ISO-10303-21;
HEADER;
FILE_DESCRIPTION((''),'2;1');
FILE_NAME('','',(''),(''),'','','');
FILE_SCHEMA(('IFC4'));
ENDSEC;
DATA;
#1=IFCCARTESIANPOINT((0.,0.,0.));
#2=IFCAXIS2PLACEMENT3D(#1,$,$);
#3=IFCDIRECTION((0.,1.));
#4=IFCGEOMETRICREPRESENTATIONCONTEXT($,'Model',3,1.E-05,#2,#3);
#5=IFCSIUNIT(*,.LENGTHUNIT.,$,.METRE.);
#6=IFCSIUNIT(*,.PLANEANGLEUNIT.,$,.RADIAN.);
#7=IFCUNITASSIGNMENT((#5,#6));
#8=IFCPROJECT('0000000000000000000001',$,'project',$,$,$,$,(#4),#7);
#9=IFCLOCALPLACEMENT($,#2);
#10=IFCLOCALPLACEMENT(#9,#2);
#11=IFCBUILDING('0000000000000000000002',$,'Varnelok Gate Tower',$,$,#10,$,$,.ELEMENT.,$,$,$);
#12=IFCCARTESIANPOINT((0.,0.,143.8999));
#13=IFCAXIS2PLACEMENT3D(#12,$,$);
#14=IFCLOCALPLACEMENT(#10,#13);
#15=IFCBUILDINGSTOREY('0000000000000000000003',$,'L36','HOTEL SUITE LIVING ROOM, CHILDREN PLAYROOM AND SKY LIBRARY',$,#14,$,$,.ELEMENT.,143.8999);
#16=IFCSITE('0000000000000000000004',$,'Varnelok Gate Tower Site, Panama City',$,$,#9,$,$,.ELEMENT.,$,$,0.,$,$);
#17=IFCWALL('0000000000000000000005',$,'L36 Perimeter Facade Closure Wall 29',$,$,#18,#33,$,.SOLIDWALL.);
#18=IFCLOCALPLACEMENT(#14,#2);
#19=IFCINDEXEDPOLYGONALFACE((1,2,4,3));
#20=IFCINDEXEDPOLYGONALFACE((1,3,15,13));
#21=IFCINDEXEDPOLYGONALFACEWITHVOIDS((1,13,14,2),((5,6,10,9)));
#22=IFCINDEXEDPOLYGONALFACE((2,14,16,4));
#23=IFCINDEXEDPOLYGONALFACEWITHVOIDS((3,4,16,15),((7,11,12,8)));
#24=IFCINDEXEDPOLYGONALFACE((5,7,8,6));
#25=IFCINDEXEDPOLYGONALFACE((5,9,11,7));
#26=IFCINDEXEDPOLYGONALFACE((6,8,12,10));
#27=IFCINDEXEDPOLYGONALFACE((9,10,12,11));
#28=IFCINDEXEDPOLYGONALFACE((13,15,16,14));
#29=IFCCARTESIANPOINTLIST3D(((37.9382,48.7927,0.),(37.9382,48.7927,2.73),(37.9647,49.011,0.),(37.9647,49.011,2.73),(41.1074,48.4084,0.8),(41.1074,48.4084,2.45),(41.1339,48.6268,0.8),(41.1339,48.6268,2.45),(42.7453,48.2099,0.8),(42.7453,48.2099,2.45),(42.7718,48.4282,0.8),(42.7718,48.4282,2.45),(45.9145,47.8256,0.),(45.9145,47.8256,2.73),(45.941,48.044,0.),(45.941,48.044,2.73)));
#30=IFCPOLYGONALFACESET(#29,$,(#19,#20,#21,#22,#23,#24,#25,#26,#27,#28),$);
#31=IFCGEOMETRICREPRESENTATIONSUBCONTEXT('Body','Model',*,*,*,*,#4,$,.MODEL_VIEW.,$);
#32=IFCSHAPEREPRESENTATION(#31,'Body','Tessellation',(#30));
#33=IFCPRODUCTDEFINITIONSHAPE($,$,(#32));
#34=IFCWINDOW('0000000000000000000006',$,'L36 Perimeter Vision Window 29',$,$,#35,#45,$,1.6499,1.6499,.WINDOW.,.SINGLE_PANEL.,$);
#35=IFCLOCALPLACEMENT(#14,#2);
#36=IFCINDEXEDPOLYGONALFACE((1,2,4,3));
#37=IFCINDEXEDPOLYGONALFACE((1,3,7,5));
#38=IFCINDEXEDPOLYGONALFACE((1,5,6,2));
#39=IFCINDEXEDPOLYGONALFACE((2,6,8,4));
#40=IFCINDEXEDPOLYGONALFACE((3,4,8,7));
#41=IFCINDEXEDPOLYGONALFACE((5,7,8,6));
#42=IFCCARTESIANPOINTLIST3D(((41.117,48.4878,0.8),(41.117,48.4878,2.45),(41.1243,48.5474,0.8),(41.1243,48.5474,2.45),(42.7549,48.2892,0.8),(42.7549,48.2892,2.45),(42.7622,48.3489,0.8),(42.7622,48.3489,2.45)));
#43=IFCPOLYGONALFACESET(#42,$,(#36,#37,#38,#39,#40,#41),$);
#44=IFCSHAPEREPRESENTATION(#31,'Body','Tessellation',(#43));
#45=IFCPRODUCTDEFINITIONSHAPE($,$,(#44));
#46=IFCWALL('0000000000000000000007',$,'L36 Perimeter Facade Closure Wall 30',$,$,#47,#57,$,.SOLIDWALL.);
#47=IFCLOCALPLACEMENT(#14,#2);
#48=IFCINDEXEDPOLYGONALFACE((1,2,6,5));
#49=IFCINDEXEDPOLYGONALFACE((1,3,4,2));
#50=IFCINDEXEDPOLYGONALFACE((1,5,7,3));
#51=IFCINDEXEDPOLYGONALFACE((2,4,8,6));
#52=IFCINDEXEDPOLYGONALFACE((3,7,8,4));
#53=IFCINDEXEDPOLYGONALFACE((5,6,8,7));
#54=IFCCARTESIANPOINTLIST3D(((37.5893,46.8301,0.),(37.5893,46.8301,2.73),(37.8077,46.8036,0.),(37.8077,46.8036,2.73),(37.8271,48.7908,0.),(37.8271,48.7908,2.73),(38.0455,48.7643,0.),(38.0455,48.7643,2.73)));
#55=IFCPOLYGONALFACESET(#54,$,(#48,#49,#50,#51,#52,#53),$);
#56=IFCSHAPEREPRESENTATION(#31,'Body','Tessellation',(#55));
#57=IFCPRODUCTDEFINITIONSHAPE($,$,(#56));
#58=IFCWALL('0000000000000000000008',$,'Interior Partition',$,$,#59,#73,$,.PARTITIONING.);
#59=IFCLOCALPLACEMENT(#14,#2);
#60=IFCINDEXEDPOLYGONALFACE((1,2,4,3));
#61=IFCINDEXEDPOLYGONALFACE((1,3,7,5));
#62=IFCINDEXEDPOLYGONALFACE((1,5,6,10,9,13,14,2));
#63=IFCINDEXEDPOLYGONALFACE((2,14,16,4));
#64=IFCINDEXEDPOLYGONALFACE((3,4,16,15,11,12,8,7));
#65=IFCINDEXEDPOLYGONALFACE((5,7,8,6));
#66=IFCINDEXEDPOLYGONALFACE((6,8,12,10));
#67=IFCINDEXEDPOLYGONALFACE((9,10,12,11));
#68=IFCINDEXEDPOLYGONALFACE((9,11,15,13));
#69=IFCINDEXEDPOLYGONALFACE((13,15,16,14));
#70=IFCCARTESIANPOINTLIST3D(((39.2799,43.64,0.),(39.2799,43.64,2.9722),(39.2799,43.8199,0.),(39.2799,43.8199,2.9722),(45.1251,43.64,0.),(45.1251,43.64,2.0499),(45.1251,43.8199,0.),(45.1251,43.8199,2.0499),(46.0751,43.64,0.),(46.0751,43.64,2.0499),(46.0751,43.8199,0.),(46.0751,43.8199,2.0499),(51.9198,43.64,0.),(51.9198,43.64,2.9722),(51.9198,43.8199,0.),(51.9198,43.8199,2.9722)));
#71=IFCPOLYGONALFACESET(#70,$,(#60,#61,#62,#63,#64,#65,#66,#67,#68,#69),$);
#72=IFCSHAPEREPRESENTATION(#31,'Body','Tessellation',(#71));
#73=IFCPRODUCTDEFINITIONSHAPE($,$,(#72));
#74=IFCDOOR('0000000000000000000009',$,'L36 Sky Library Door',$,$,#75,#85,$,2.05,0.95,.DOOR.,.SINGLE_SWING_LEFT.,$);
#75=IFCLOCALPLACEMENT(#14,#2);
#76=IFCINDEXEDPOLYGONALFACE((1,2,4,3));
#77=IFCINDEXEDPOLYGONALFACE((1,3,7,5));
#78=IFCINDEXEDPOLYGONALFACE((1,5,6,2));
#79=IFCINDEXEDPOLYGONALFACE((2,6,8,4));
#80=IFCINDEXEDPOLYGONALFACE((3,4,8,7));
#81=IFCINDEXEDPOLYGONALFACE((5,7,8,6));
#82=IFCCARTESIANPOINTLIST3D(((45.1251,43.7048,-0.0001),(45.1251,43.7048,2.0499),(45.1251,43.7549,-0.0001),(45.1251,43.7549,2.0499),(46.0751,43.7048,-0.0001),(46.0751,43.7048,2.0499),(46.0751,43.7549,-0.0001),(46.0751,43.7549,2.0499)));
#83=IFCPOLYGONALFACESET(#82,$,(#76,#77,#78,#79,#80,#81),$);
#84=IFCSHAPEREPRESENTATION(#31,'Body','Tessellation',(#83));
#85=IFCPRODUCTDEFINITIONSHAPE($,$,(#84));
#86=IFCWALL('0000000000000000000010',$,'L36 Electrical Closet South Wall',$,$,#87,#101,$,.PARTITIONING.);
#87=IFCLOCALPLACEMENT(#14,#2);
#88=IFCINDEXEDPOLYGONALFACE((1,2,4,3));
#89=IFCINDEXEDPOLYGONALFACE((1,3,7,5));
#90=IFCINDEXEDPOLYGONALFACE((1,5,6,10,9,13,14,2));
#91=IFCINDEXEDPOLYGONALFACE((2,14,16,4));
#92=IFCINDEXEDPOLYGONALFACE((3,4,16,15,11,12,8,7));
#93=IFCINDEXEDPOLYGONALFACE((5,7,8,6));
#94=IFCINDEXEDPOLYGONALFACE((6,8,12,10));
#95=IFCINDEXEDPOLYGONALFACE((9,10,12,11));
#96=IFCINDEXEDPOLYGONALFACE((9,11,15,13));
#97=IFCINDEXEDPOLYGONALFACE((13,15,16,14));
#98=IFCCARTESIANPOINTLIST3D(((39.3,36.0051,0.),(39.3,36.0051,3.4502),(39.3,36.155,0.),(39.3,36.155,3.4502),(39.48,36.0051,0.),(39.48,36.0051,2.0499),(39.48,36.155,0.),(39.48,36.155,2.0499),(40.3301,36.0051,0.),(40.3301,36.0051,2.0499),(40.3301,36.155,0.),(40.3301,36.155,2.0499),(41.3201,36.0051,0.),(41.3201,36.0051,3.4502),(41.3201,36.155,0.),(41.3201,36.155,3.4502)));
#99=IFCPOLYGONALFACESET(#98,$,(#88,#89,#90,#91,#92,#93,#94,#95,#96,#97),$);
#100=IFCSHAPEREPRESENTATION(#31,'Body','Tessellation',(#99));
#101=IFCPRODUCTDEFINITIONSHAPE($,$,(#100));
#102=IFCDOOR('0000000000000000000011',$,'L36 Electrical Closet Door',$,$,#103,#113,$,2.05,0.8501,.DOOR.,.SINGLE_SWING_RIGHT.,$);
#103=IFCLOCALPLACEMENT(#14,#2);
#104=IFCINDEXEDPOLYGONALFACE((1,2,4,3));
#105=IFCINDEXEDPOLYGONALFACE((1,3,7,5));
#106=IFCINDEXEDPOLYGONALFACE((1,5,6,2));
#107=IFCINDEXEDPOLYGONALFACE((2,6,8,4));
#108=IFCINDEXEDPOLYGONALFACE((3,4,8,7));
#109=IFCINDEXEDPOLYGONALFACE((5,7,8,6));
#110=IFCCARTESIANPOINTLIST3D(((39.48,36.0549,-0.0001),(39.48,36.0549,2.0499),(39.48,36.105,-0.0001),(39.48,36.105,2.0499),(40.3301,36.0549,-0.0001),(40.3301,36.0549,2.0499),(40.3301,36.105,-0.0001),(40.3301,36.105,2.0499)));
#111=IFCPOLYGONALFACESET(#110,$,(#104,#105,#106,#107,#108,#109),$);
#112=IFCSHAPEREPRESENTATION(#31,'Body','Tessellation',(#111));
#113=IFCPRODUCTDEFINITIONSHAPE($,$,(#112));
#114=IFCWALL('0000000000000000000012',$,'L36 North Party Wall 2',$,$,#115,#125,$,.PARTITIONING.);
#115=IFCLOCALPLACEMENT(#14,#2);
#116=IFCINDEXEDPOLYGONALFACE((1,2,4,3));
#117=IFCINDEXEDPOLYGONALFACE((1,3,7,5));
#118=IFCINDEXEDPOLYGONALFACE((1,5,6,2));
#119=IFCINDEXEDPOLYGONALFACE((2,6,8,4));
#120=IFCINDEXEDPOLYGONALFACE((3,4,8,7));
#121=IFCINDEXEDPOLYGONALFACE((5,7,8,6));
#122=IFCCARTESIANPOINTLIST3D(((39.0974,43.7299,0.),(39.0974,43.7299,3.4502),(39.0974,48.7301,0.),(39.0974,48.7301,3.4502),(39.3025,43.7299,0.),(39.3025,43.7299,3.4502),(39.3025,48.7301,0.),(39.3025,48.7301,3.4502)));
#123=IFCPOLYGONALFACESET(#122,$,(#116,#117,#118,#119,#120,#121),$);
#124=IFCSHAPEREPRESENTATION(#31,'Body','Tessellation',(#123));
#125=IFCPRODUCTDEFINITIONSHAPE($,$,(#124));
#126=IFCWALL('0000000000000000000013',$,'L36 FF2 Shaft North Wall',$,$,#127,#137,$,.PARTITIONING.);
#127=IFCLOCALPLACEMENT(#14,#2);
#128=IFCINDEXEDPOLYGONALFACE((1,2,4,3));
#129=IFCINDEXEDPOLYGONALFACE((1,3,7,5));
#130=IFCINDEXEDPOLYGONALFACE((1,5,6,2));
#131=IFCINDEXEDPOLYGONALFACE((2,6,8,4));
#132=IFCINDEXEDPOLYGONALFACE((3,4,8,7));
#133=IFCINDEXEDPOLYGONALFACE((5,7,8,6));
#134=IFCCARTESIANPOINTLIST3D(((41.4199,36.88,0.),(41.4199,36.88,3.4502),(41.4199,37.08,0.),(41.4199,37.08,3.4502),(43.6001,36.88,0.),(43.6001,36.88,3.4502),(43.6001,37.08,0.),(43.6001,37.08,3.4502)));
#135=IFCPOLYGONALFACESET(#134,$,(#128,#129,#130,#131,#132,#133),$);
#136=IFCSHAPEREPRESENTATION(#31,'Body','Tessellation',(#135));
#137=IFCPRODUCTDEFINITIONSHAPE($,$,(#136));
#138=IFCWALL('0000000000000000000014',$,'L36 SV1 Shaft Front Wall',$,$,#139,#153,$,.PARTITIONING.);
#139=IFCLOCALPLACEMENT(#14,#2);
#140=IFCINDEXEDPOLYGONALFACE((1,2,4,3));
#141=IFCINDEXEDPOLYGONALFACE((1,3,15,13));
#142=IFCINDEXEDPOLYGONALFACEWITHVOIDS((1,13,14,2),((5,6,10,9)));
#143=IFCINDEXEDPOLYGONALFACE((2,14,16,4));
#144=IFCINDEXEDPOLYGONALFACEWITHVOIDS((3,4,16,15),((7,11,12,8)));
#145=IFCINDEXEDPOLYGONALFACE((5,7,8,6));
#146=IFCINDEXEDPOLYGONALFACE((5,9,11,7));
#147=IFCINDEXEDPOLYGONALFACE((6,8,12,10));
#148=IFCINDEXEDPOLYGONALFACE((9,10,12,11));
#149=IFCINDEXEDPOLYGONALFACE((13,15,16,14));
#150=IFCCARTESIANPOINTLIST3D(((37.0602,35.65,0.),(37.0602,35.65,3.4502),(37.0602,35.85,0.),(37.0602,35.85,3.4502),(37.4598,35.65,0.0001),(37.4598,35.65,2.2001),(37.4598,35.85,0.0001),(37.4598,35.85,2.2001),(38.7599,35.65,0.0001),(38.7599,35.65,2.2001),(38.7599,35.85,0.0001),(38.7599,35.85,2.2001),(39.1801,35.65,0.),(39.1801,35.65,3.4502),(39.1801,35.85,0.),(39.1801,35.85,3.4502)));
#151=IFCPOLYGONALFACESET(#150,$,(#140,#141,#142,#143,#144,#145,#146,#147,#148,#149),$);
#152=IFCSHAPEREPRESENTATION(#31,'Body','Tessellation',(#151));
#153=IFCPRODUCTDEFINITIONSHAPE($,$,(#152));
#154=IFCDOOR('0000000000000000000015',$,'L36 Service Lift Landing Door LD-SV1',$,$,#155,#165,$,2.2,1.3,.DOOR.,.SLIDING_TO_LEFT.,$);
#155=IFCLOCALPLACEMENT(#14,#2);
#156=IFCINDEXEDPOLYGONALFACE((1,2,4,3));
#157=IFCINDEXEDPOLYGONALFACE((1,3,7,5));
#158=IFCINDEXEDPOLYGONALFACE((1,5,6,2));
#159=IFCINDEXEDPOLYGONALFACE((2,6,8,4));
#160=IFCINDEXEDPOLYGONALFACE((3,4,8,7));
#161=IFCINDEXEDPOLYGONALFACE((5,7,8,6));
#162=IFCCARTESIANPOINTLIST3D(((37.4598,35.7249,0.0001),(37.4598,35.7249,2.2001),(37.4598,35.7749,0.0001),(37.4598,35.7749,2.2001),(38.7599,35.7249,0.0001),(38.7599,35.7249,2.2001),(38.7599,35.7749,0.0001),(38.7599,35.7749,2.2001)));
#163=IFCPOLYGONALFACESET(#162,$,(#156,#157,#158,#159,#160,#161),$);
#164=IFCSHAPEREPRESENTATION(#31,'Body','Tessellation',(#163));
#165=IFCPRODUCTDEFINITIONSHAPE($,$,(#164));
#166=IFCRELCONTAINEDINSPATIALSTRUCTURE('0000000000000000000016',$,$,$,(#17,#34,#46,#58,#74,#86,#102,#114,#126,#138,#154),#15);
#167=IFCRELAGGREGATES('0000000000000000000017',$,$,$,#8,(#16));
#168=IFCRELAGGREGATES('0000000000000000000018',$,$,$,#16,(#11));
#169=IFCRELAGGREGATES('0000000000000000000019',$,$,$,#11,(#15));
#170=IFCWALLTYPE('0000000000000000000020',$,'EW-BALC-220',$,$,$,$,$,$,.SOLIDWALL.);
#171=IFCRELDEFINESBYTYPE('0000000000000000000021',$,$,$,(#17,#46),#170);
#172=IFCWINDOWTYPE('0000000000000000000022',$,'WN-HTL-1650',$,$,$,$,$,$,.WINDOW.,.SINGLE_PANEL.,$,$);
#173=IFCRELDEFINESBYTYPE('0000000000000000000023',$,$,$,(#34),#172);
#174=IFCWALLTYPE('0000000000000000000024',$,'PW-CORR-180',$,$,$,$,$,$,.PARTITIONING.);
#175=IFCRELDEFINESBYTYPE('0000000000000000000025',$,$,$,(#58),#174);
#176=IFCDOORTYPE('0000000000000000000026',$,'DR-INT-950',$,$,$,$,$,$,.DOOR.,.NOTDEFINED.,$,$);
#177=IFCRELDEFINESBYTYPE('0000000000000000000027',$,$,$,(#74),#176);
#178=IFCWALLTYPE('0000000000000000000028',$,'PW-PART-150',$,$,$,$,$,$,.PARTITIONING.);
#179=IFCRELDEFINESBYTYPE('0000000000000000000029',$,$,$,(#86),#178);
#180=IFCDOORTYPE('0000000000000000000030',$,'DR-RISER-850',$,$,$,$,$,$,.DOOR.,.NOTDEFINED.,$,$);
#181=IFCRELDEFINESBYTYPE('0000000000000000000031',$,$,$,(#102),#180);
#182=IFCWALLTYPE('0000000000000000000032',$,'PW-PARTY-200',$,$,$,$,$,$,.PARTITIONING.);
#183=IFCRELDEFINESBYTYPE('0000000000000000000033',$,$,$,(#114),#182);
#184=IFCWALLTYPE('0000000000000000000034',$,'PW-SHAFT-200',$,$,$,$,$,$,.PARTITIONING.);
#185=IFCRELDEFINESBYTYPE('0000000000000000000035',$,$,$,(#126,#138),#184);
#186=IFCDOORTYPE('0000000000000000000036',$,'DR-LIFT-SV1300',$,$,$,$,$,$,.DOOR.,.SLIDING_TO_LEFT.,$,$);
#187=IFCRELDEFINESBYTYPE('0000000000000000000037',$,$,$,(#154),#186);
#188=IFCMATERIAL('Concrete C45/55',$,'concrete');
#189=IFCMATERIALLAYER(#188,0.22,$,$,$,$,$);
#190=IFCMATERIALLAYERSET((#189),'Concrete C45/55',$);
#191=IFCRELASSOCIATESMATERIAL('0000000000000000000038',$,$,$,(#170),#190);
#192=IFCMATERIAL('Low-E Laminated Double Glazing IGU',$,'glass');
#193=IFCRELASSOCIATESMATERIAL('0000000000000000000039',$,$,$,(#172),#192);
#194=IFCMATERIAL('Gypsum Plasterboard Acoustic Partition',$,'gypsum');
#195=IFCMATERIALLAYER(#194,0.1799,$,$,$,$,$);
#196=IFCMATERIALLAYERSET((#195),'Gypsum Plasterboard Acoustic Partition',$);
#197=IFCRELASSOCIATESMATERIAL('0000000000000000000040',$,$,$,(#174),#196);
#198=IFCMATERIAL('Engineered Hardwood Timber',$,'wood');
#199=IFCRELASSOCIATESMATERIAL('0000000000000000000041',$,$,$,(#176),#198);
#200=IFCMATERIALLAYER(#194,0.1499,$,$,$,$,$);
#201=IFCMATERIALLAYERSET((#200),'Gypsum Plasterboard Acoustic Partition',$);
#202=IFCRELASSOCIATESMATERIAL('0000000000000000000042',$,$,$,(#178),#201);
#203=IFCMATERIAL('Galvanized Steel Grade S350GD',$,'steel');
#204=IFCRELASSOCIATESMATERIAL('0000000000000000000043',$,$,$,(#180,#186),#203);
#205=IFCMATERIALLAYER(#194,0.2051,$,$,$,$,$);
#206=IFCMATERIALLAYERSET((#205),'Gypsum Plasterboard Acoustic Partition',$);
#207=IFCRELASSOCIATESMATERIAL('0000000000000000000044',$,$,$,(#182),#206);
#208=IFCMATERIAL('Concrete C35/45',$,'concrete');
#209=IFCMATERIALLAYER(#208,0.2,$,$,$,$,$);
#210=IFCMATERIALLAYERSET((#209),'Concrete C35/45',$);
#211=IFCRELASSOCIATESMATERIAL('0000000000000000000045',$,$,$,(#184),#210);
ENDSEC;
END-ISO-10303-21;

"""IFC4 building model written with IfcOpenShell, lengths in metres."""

from ifc_helpers import new_model, si_unit, direction, frame, frame_2d, origin, place, context, subcontext, project, spatial, rectangle, extrude, material, layer, layer_set, type_object, element, fill, save


model = new_model("IFC4")

# Units and contexts
model_context = context("Model", 3, precision=1e-05, world=origin(), true_north=direction((0.0, 1.0)))
body_context = subcontext(model_context, "Body", "Model", "MODEL_VIEW")
ifc_project = project(units=[si_unit("LENGTHUNIT", "METRE"), si_unit("PLANEANGLEUNIT", "RADIAN")], contexts=[model_context])

# Site, building, storey
site_placement = place(None, origin())
site = spatial("IfcSite", under=ifc_project, at=site_placement, Name="Varnelok Gate Tower Site, Panama City", CompositionType="ELEMENT", RefElevation=0.0)
building_placement = place(site_placement, origin())
building = spatial("IfcBuilding", under=site, at=building_placement, Name="Varnelok Gate Tower", CompositionType="ELEMENT")
storey_placement = place(building_placement, frame((0.0, 0.0, 143.8999)))
storey = spatial("IfcBuildingStorey", under=building, at=storey_placement, Name="L36", Description="HOTEL SUITE LIVING ROOM, CHILDREN PLAYROOM AND SKY LIBRARY", CompositionType="ELEMENT", Elevation=143.8999)

# Shared definitions
ifc_material_1 = material(Name="Concrete C45/55", Category="concrete")
ifc_layer_1 = layer(ifc_material_1, 0.22)
ifc_layer_set_1 = layer_set([ifc_layer_1], Name="Concrete C45/55")
wall_type_1 = type_object("IfcWallType", Name="EW-BALC-220", PredefinedType="SOLIDWALL", material=ifc_layer_set_1)

# Wall, opening, window
wall_1_placement = place(storey_placement, frame((45.9277, 47.9348, 0.0), z_axis=(0.0, 0.0, 1.0), x_axis=(-0.992731, 0.120358, 0.0)))
wall_1 = element("IfcWall", 1, at=wall_1_placement, inside=storey, type_object=wall_type_1, Name="L36 Perimeter Facade Closure Wall 29", PredefinedType="SOLIDWALL", context=body_context, shape_type="SweptSolid", body=[
    extrude(rectangle(XDim=8.0347, YDim=0.22, at=frame_2d((4.0173, 0.0))), origin(), (0.0, 0.0, 1.0), 2.73),
])
opening_1_placement = place(wall_1_placement, frame((3.1924, 0.0, 0.8)))
opening_1 = element("IfcOpeningElement", 2, at=opening_1_placement, cuts=wall_1, PredefinedType="OPENING", context=body_context, shape_type="SweptSolid", body=[
    extrude(rectangle(XDim=1.6499, YDim=1.6499, at=frame_2d((0.825, 0.825))), frame((0.0, 0.1199, 0.0), z_axis=(0.0, -1.0, 0.0), x_axis=(1.0, 0.0, 0.0)), (0.0, 0.0, 1.0), 0.24),
])
ifc_material_2 = material(Name="Low-E Laminated Double Glazing IGU", Category="glass")
window_type = type_object("IfcWindowType", Name="WN-HTL-1650", PartitioningType="SINGLE_PANEL", PredefinedType="WINDOW", material=ifc_material_2)
window_placement = place(opening_1_placement, origin())
window = element("IfcWindow", 3, at=window_placement, inside=storey, type_object=window_type, Name="L36 Perimeter Vision Window 29", OverallHeight=1.6499, OverallWidth=1.6499, PartitioningType="SINGLE_PANEL", PredefinedType="WINDOW", context=body_context, shape_type="SweptSolid", body=[
    extrude(rectangle(XDim=1.6499, YDim=1.6499, at=frame_2d((0.825, 0.825))), frame((0.0, 0.03, 0.0), z_axis=(0.0, -1.0, 0.0), x_axis=(1.0, 0.0, 0.0)), (0.0, 0.0, 1.0), 0.0601),
])
fill(opening_1, window)

# Wall
wall_2_placement = place(storey_placement, frame((37.9363, 48.7776, 0.0), z_axis=(0.0, 0.0, 1.0), x_axis=(-0.120398, -0.992726, 0.0)))
element("IfcWall", 4, at=wall_2_placement, inside=storey, type_object=wall_type_1, Name="L36 Perimeter Facade Closure Wall 30", PredefinedType="SOLIDWALL", context=body_context, shape_type="SweptSolid", body=[
    extrude(rectangle(XDim=1.9751, YDim=0.22, at=frame_2d((0.9875, 0.0))), origin(), (0.0, 0.0, 1.0), 2.73),
])

# Walls, openings, doors
ifc_material_3 = material(Name="Gypsum Plasterboard Acoustic Partition", Category="gypsum")
ifc_layer_2 = layer(ifc_material_3, 0.1799)
ifc_layer_set_2 = layer_set([ifc_layer_2], Name="Gypsum Plasterboard Acoustic Partition")
wall_type_2 = type_object("IfcWallType", Name="PW-CORR-180", PredefinedType="PARTITIONING", material=ifc_layer_set_2)
wall_3_placement = place(storey_placement, frame((39.28, 43.73, 0.0), z_axis=(0.0, 0.0, 1.0), x_axis=(1.0, 0.0, 0.0)))
wall_3 = element("IfcWall", 5, at=wall_3_placement, inside=storey, type_object=wall_type_2, Name="Interior Partition", PredefinedType="PARTITIONING", context=body_context, shape_type="SweptSolid", body=[
    extrude(rectangle(XDim=12.6399, YDim=0.1799, at=frame_2d((6.3198, 0.0))), origin(), (0.0, 0.0, 1.0), 2.9722),
])
opening_2_placement = place(wall_3_placement, frame((5.845, 0.0, 0.0)))
opening_2 = element("IfcOpeningElement", 6, at=opening_2_placement, cuts=wall_3, PredefinedType="OPENING", context=body_context, shape_type="SweptSolid", body=[
    extrude(rectangle(XDim=0.95, YDim=2.05, at=frame_2d((0.4751, 1.0249))), frame((0.0, 0.0999, 0.0), z_axis=(0.0, -1.0, 0.0), x_axis=(1.0, 0.0, 0.0)), (0.0, 0.0, 1.0), 0.2),
])
ifc_material_4 = material(Name="Engineered Hardwood Timber", Category="wood")
door_type_1 = type_object("IfcDoorType", Name="DR-INT-950", OperationType="NOTDEFINED", PredefinedType="DOOR", material=ifc_material_4)
door_1_placement = place(opening_2_placement, origin())
door_1 = element("IfcDoor", 7, at=door_1_placement, inside=storey, type_object=door_type_1, Name="L36 Sky Library Door", OperationType="SINGLE_SWING_LEFT", OverallHeight=2.05, OverallWidth=0.95, PredefinedType="DOOR", context=body_context, shape_type="SweptSolid", body=[
    extrude(rectangle(XDim=0.95, YDim=2.05, at=frame_2d((0.4751, 1.0249))), frame((0.0, 0.0249, 0.0), z_axis=(0.0, -1.0, 0.0), x_axis=(1.0, 0.0, 0.0)), (0.0, 0.0, 1.0), 0.05),
])
fill(opening_2, door_1)
ifc_layer_3 = layer(ifc_material_3, 0.1499)
ifc_layer_set_3 = layer_set([ifc_layer_3], Name="Gypsum Plasterboard Acoustic Partition")
wall_type_3 = type_object("IfcWallType", Name="PW-PART-150", PredefinedType="PARTITIONING", material=ifc_layer_set_3)
wall_4_placement = place(storey_placement, frame((39.3, 36.0801, 0.0), z_axis=(0.0, 0.0, 1.0), x_axis=(1.0, 0.0, 0.0)))
wall_4 = element("IfcWall", 8, at=wall_4_placement, inside=storey, type_object=wall_type_3, Name="L36 Electrical Closet South Wall", PredefinedType="PARTITIONING", context=body_context, shape_type="SweptSolid", body=[
    extrude(rectangle(XDim=2.02, YDim=0.1499, at=frame_2d((1.01, 0.0))), origin(), (0.0, 0.0, 1.0), 3.4502),
])
opening_3_placement = place(wall_4_placement, frame((0.1799, 0.0, 0.0)))
opening_3 = element("IfcOpeningElement", 9, at=opening_3_placement, cuts=wall_4, PredefinedType="OPENING", context=body_context, shape_type="SweptSolid", body=[
    extrude(rectangle(XDim=0.8501, YDim=2.05, at=frame_2d((0.425, 1.0249))), frame((0.0, 0.085, 0.0), z_axis=(0.0, -1.0, 0.0), x_axis=(1.0, 0.0, 0.0)), (0.0, 0.0, 1.0), 0.1699),
])
ifc_material_5 = material(Name="Galvanized Steel Grade S350GD", Category="steel")
door_type_2 = type_object("IfcDoorType", Name="DR-RISER-850", OperationType="NOTDEFINED", PredefinedType="DOOR", material=ifc_material_5)
door_2_placement = place(opening_3_placement, origin())
door_2 = element("IfcDoor", 10, at=door_2_placement, inside=storey, type_object=door_type_2, Name="L36 Electrical Closet Door", OperationType="SINGLE_SWING_RIGHT", OverallHeight=2.05, OverallWidth=0.8501, PredefinedType="DOOR", context=body_context, shape_type="SweptSolid", body=[
    extrude(rectangle(XDim=0.8501, YDim=2.05, at=frame_2d((0.425, 1.0249))), frame((0.0, 0.0249, 0.0), z_axis=(0.0, -1.0, 0.0), x_axis=(1.0, 0.0, 0.0)), (0.0, 0.0, 1.0), 0.05),
])
fill(opening_3, door_2)

# Walls
ifc_layer_4 = layer(ifc_material_3, 0.2051)
ifc_layer_set_4 = layer_set([ifc_layer_4], Name="Gypsum Plasterboard Acoustic Partition")
wall_type_4 = type_object("IfcWallType", Name="PW-PARTY-200", PredefinedType="PARTITIONING", material=ifc_layer_set_4)
wall_5_placement = place(storey_placement, frame((39.2, 43.73, 0.0), z_axis=(0.0, 0.0, 1.0), x_axis=(0.0, 1.0, 0.0)))
element("IfcWall", 11, at=wall_5_placement, inside=storey, type_object=wall_type_4, Name="L36 North Party Wall 2", PredefinedType="PARTITIONING", context=body_context, shape_type="SweptSolid", body=[
    extrude(rectangle(XDim=5.0002, YDim=0.2051, at=frame_2d((2.5, 0.0))), origin(), (0.0, 0.0, 1.0), 3.4502),
])
ifc_material_6 = material(Name="Concrete C35/45", Category="concrete")
ifc_layer_5 = layer(ifc_material_6, 0.2)
ifc_layer_set_5 = layer_set([ifc_layer_5], Name="Concrete C35/45")
wall_type_5 = type_object("IfcWallType", Name="PW-SHAFT-200", PredefinedType="PARTITIONING", material=ifc_layer_set_5)
wall_6_placement = place(storey_placement, frame((41.4199, 36.98, 0.0), z_axis=(0.0, 0.0, 1.0), x_axis=(1.0, 0.0, 0.0)))
element("IfcWall", 12, at=wall_6_placement, inside=storey, type_object=wall_type_5, Name="L36 FF2 Shaft North Wall", PredefinedType="PARTITIONING", context=body_context, shape_type="SweptSolid", body=[
    extrude(rectangle(XDim=2.1802, YDim=0.2, at=frame_2d((1.0901, 0.0))), origin(), (0.0, 0.0, 1.0), 3.4502),
])

# Wall, opening, door
wall_7_placement = place(storey_placement, frame((37.0601, 35.75, 0.0), z_axis=(0.0, 0.0, 1.0), x_axis=(1.0, 0.0, 0.0)))
wall_7 = element("IfcWall", 13, at=wall_7_placement, inside=storey, type_object=wall_type_5, Name="L36 SV1 Shaft Front Wall", PredefinedType="PARTITIONING", context=body_context, shape_type="SweptSolid", body=[
    extrude(rectangle(XDim=2.1199, YDim=0.2, at=frame_2d((1.0601, 0.0))), origin(), (0.0, 0.0, 1.0), 3.4502),
])
opening_4_placement = place(wall_7_placement, frame((0.3999, 0.0, 0.0)))
opening_4 = element("IfcOpeningElement", 14, at=opening_4_placement, cuts=wall_7, PredefinedType="OPENING", context=body_context, shape_type="SweptSolid", body=[
    extrude(rectangle(XDim=1.3, YDim=2.2, at=frame_2d((0.6499, 1.1001))), frame((0.0, 0.1099, 0.0), z_axis=(0.0, -1.0, 0.0), x_axis=(1.0, 0.0, 0.0)), (0.0, 0.0, 1.0), 0.22),
])
door_type_3 = type_object("IfcDoorType", Name="DR-LIFT-SV1300", OperationType="SLIDING_TO_LEFT", PredefinedType="DOOR", material=ifc_material_5)
door_3_placement = place(opening_4_placement, origin())
door_3 = element("IfcDoor", 15, at=door_3_placement, inside=storey, type_object=door_type_3, Name="L36 Service Lift Landing Door LD-SV1", OperationType="SLIDING_TO_LEFT", OverallHeight=2.2, OverallWidth=1.3, PredefinedType="DOOR", context=body_context, shape_type="SweptSolid", body=[
    extrude(rectangle(XDim=1.3, YDim=2.2, at=frame_2d((0.6499, 1.1001))), frame((0.0, 0.0249, 0.0), z_axis=(0.0, -1.0, 0.0), x_axis=(1.0, 0.0, 0.0)), (0.0, 0.0, 1.0), 0.05),
])
fill(opening_4, door_3)

save(model, "model.ifc")
